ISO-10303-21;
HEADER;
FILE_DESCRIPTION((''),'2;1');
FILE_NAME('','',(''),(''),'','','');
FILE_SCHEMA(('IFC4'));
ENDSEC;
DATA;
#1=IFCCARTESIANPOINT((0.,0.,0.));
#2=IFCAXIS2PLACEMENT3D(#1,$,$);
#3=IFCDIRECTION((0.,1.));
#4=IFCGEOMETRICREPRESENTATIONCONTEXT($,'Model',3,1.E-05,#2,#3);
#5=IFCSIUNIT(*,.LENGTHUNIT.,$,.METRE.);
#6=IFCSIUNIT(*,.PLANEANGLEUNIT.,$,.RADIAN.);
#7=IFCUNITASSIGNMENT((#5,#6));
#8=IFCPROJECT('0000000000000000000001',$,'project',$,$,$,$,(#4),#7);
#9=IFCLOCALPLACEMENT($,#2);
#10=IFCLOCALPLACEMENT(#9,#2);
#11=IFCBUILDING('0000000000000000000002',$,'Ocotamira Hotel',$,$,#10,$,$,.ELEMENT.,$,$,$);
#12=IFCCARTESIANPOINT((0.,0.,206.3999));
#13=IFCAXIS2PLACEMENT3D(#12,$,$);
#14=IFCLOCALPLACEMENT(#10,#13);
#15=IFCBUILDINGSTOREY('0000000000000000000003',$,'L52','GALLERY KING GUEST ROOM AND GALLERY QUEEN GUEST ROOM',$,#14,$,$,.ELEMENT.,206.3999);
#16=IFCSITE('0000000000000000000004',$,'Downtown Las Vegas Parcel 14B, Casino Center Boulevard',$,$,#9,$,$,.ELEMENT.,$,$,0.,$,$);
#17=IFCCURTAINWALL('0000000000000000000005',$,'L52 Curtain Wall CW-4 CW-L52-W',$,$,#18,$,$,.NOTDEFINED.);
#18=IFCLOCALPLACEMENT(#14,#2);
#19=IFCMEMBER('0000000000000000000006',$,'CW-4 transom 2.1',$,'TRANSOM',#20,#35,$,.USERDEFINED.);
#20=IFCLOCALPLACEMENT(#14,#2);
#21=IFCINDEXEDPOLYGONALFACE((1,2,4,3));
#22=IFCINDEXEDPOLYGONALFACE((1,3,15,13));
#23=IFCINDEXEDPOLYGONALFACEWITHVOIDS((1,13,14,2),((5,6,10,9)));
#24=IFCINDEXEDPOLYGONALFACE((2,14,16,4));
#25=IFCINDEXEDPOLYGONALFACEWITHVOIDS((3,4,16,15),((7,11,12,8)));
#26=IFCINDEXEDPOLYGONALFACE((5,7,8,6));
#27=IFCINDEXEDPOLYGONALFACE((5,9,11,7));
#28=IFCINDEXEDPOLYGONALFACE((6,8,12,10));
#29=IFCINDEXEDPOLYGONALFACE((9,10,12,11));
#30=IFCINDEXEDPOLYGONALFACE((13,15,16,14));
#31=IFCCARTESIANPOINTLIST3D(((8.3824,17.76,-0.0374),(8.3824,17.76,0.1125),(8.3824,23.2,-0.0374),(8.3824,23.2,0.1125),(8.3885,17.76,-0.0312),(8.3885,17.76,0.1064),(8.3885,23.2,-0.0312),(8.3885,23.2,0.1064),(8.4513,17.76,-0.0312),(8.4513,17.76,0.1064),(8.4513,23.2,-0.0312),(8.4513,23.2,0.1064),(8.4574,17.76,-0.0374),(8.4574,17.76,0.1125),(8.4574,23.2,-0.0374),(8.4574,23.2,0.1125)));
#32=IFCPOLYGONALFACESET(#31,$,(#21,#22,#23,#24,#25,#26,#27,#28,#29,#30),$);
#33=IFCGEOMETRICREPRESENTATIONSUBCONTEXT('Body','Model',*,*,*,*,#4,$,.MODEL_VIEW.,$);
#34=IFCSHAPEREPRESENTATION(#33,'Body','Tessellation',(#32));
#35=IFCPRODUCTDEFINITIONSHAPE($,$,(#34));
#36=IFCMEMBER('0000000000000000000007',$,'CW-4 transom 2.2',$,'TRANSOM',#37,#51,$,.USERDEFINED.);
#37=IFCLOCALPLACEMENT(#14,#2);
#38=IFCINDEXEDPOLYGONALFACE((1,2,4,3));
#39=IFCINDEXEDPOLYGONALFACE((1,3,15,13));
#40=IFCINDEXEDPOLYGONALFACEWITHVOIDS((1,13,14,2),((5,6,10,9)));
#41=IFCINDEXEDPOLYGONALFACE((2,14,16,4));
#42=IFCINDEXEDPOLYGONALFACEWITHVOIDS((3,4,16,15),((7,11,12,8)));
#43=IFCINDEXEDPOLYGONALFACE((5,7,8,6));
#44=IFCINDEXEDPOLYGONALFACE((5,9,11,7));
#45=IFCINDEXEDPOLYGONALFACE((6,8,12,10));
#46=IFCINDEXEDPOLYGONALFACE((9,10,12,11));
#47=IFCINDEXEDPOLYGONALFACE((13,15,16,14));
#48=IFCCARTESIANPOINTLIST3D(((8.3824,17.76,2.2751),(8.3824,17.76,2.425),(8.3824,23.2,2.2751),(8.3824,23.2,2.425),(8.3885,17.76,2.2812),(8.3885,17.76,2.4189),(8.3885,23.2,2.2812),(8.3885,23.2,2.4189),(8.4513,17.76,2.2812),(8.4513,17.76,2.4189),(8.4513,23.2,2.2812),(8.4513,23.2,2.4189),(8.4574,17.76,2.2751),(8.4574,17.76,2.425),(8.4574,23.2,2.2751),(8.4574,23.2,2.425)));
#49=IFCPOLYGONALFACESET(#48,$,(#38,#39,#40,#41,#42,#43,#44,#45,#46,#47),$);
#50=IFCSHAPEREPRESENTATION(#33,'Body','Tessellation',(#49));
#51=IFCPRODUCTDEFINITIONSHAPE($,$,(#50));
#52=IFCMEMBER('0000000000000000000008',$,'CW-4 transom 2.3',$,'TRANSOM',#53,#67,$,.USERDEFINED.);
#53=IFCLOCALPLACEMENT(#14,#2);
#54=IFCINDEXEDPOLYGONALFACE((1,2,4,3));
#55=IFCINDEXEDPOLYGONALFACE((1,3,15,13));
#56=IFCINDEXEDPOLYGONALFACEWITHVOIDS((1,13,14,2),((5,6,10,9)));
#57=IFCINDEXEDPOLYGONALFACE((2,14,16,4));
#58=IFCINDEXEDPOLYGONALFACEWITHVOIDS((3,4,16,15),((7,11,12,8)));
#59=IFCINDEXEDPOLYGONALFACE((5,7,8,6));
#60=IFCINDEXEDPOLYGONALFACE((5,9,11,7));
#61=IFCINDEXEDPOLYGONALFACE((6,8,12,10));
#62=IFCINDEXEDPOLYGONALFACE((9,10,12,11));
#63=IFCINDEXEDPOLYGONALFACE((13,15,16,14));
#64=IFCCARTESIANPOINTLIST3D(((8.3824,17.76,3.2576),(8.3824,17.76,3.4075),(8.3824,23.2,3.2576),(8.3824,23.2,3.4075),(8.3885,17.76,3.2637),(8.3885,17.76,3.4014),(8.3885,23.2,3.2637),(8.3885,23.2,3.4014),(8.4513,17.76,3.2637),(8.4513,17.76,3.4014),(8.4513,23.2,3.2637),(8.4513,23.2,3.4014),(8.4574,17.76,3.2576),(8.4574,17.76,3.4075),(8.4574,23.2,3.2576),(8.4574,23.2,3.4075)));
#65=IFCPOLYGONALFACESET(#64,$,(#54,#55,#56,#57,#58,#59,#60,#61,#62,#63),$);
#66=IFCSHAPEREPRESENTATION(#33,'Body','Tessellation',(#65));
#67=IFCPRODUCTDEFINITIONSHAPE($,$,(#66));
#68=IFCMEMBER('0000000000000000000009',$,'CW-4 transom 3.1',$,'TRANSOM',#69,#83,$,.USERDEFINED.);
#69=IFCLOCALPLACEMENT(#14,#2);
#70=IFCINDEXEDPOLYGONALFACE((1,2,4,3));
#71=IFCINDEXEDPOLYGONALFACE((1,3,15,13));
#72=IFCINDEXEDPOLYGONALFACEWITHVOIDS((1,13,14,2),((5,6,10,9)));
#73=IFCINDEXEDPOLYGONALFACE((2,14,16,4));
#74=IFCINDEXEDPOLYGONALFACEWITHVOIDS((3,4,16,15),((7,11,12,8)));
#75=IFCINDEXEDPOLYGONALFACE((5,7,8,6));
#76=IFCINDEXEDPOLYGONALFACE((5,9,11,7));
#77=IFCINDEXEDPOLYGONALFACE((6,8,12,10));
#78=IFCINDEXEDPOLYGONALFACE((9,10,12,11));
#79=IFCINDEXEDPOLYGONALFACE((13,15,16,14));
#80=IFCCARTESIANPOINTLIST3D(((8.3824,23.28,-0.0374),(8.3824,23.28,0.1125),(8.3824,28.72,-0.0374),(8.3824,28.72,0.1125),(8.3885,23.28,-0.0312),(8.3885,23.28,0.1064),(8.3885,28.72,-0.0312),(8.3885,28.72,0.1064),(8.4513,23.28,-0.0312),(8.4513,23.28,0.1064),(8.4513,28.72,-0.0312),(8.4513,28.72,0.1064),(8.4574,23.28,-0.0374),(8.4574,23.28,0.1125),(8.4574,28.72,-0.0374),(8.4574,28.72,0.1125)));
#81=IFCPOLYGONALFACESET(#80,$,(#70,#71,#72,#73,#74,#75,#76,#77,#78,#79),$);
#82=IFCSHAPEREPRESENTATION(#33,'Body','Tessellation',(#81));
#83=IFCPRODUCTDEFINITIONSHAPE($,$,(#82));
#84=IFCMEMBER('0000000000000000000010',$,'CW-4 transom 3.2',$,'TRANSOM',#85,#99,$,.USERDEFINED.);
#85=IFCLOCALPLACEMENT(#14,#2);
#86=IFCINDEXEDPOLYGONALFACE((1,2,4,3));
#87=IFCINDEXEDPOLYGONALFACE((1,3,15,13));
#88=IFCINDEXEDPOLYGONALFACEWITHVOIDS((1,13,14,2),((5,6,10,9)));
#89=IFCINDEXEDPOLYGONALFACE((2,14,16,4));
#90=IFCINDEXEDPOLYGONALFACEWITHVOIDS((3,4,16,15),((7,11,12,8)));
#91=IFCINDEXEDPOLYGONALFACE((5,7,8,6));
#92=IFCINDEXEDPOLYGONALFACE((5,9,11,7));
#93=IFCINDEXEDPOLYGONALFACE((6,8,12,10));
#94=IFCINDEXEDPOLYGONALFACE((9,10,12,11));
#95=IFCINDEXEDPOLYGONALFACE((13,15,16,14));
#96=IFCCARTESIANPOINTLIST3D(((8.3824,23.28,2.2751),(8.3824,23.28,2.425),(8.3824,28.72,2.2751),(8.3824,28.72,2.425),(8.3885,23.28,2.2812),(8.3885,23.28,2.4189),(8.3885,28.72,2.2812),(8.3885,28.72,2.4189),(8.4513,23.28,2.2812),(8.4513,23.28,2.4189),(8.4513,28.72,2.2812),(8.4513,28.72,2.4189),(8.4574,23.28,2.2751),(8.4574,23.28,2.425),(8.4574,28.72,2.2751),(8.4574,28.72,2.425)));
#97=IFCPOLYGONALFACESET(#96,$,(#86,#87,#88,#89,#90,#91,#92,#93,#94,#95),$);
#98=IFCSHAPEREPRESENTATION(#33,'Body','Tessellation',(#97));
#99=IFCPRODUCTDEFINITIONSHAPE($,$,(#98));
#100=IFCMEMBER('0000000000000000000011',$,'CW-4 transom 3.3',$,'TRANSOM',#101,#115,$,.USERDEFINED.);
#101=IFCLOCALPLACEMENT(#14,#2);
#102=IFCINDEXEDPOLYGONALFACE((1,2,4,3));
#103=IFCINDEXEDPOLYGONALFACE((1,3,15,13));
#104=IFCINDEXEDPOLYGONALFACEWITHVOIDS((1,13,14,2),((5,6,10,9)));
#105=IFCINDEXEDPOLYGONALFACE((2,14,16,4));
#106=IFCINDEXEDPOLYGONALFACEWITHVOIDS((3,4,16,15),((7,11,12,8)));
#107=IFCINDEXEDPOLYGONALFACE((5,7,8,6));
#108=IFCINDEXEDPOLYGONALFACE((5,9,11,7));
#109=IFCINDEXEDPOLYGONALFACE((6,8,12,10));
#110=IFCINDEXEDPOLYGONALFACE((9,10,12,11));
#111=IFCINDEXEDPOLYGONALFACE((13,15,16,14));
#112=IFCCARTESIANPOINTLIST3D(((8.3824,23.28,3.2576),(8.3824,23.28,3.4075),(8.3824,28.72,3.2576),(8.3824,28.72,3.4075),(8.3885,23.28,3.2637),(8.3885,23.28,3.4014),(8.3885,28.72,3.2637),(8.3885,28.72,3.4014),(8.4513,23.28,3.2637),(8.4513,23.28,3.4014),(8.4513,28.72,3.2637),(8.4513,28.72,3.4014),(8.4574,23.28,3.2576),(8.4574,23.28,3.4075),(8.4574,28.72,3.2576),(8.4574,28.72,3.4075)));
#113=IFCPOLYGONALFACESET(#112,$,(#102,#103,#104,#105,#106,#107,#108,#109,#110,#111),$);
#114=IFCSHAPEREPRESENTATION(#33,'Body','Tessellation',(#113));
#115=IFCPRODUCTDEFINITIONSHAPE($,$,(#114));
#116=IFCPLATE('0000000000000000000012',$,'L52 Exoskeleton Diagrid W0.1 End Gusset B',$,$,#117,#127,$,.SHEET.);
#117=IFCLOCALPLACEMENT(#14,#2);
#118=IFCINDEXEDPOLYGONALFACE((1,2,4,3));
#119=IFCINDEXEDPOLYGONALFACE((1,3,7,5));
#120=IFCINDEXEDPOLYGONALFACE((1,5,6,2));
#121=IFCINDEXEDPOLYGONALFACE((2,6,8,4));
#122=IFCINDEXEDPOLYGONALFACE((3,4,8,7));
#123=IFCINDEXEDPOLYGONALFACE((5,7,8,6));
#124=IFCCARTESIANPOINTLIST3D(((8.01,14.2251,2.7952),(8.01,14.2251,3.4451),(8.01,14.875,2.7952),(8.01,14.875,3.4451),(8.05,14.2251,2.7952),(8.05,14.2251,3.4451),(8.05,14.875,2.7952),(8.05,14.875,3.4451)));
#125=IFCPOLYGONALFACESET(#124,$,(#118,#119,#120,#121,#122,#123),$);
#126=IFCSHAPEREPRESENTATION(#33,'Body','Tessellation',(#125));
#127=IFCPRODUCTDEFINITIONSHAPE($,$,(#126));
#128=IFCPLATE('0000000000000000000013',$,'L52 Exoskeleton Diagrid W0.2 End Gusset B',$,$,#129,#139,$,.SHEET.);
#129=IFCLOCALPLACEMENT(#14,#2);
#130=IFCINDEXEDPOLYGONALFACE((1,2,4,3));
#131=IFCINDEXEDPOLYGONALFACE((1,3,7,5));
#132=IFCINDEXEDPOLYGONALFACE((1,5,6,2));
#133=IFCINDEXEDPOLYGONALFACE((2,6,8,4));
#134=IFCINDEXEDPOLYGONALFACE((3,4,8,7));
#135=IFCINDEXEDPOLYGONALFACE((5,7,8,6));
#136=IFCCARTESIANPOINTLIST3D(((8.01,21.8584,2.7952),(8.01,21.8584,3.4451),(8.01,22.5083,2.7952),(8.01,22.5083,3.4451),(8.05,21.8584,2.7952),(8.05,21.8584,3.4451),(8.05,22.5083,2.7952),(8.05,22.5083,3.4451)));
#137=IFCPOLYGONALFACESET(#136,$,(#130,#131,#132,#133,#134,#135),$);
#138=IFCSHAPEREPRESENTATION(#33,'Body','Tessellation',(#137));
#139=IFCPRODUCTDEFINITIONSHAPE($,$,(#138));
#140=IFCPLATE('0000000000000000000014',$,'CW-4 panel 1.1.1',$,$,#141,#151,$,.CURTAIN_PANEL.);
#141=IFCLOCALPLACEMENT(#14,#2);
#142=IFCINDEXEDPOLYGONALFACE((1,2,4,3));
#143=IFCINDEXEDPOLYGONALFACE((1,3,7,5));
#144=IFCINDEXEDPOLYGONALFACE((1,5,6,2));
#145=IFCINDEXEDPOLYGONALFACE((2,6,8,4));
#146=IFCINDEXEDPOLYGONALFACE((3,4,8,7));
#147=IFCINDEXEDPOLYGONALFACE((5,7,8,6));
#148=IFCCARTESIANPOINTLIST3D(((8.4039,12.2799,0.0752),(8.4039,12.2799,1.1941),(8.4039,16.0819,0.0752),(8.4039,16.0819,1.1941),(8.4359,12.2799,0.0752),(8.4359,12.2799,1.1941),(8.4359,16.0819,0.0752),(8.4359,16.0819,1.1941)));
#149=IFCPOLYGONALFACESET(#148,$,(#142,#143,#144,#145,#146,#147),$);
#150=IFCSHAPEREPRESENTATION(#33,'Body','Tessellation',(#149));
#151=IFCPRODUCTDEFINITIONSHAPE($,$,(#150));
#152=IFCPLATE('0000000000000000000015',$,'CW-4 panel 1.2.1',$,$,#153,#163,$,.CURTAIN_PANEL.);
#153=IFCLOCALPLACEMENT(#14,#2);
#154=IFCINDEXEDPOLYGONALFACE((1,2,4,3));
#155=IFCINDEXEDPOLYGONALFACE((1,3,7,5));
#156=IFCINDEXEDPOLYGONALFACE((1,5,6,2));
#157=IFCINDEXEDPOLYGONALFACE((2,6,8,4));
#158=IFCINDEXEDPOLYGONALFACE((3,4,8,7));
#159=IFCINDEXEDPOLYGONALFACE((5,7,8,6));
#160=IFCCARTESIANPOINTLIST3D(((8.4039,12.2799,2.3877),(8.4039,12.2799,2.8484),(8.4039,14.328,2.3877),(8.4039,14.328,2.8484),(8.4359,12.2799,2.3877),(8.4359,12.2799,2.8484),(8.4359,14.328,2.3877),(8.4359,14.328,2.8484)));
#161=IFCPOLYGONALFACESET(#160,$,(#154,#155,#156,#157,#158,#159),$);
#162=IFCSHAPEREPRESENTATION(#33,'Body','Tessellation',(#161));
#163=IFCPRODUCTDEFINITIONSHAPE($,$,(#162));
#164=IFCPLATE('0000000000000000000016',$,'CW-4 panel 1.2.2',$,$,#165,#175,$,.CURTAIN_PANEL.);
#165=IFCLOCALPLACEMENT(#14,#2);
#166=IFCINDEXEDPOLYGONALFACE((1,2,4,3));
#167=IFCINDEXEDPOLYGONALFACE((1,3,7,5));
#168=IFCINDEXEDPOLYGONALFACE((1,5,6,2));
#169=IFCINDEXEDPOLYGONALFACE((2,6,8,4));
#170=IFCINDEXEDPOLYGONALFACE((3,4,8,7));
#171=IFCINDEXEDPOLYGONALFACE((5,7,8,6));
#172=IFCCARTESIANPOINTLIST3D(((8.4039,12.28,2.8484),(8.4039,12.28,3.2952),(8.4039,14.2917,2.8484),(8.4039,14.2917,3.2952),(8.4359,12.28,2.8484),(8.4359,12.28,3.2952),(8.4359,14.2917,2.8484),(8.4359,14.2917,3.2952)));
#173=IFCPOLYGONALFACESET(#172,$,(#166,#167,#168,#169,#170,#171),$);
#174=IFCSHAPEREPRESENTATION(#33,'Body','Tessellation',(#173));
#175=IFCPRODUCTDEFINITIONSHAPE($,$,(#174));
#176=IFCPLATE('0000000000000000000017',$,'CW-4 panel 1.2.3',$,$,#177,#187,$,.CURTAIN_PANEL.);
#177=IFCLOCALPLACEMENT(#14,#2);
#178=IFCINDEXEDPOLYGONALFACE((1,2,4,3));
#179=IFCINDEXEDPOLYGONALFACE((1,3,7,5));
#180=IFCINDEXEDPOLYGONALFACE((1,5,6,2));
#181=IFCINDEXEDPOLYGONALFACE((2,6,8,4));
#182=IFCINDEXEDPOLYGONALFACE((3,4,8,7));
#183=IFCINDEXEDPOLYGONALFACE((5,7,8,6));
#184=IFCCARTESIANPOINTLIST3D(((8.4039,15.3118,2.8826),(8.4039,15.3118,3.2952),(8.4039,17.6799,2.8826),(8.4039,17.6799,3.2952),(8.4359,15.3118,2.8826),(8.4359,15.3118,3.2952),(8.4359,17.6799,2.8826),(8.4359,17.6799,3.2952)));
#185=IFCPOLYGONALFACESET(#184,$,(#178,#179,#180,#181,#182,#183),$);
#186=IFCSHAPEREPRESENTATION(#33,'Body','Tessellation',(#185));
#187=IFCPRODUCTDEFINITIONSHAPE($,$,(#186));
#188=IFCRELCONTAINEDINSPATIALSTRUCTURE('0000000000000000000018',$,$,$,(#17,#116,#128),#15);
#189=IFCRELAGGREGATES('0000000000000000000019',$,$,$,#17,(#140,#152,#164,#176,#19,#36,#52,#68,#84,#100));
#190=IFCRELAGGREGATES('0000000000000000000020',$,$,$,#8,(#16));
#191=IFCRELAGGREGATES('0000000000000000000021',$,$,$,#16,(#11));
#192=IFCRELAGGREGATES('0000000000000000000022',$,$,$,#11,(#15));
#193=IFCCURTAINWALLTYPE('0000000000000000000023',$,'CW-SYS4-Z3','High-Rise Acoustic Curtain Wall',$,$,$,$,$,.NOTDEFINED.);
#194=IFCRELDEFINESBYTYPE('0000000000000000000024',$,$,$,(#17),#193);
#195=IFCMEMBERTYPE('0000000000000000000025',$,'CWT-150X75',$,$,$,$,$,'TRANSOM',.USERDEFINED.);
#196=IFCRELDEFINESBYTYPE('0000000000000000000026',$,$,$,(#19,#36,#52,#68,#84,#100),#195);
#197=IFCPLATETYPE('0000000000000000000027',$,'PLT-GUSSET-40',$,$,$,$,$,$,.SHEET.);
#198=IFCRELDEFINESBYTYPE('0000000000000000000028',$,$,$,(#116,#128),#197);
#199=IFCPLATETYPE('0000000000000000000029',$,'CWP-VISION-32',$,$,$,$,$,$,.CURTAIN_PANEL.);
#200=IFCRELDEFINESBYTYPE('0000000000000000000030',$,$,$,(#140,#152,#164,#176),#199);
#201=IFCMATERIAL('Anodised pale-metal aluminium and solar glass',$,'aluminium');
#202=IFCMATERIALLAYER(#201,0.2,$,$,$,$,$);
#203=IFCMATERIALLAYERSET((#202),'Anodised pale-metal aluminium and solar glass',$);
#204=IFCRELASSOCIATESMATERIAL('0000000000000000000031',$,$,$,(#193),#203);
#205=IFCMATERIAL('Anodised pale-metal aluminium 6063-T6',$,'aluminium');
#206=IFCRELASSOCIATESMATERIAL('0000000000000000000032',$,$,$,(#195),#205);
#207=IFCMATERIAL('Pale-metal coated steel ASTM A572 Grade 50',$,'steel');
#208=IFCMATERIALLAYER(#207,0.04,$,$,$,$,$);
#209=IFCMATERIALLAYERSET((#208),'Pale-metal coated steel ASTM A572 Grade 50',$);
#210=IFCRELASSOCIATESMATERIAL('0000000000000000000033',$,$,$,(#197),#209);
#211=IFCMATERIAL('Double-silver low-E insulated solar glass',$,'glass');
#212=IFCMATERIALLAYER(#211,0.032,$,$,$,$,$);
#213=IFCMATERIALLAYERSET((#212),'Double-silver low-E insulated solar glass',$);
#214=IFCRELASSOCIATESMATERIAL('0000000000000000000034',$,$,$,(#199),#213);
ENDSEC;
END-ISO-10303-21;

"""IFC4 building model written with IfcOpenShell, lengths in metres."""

from ifc_helpers import new_model, si_unit, direction, frame, origin, origin_2d, place, context, subcontext, project, spatial, rectangle, hollow_rectangle, extrude, source, transform, mapped, material, layer, layer_set, material_profile, profile_set, type_object, element, aggregate, save


model = new_model("IFC4")

# Units and contexts
model_context = context("Model", 3, precision=1e-05, world=origin(), true_north=direction((0.0, 1.0)))
body_context = subcontext(model_context, "Body", "Model", "MODEL_VIEW")
ifc_project = project(units=[si_unit("LENGTHUNIT", "METRE"), si_unit("PLANEANGLEUNIT", "RADIAN")], contexts=[model_context])

# Site, building, storey
site_placement = place(None, origin())
site = spatial("IfcSite", under=ifc_project, at=site_placement, Name="Downtown Las Vegas Parcel 14B, Casino Center Boulevard", CompositionType="ELEMENT", RefElevation=0.0)
building_placement = place(site_placement, origin())
building = spatial("IfcBuilding", under=site, at=building_placement, Name="Ocotamira Hotel", CompositionType="ELEMENT")
storey_placement = place(building_placement, frame((0.0, 0.0, 206.3999)))
storey = spatial("IfcBuildingStorey", under=building, at=storey_placement, Name="L52", Description="GALLERY KING GUEST ROOM AND GALLERY QUEEN GUEST ROOM", CompositionType="ELEMENT", Elevation=206.3999)

# Curtain wall, members
ifc_material_1 = material(Name="Anodised pale-metal aluminium and solar glass", Category="aluminium")
ifc_layer_1 = layer(ifc_material_1, 0.2)
ifc_layer_set_1 = layer_set([ifc_layer_1], Name="Anodised pale-metal aluminium and solar glass")
curtain_wall_type = type_object("IfcCurtainWallType", Name="CW-SYS4-Z3", Description="High-Rise Acoustic Curtain Wall", PredefinedType="NOTDEFINED", material=ifc_layer_set_1)
curtain_wall_placement = place(storey_placement, origin())
curtain_wall = element("IfcCurtainWall", 1, at=curtain_wall_placement, inside=storey, type_object=curtain_wall_type, Name="L52 Curtain Wall CW-4 CW-L52-W", PredefinedType="NOTDEFINED")
ifc_material_2 = material(Name="Anodised pale-metal aluminium 6063-T6", Category="aluminium")
ifc_material_profile_1 = material_profile(ifc_material_2, hollow_rectangle(XDim=0.075, YDim=0.1499, WallThickness=0.0061, at=origin_2d()), Name="HSS150X75X6")
ifc_profile_set_1 = profile_set([ifc_material_profile_1], Name="Anodised pale-metal aluminium 6063-T6")
member_type_1 = type_object("IfcMemberType", Name="CWT-150X75", ElementType="TRANSOM", PredefinedType="USERDEFINED", material=ifc_profile_set_1)
shared_shape_1 = source(origin(), body_context, "Body", "SweptSolid", [
    extrude(hollow_rectangle(XDim=0.075, YDim=0.1499, WallThickness=0.0061, at=origin_2d()), origin(), (0.0, 0.0, 1.0), 5.4399),
])
member_1_placement = place(storey_placement, frame((8.4199, 17.76, 0.0376), z_axis=(0.0, 1.0, 0.0), x_axis=(-1.0, 0.0, 0.0)))
member_1 = element("IfcMember", 2, at=member_1_placement, type_object=member_type_1, Name="CW-4 transom 2.1", ObjectType="TRANSOM", PredefinedType="USERDEFINED", context=body_context, shape_type="MappedRepresentation", body=[
    mapped(shared_shape_1, transform((0.0, 0.0, 0.0), scale=1.0)),
])
member_2_placement = place(storey_placement, frame((8.4199, 17.76, 2.3501), z_axis=(0.0, 1.0, 0.0), x_axis=(-1.0, 0.0, 0.0)))
member_2 = element("IfcMember", 3, at=member_2_placement, type_object=member_type_1, Name="CW-4 transom 2.2", ObjectType="TRANSOM", PredefinedType="USERDEFINED", context=body_context, shape_type="MappedRepresentation", body=[
    mapped(shared_shape_1, transform((0.0, 0.0, 0.0), scale=1.0)),
])
member_3_placement = place(storey_placement, frame((8.4199, 17.76, 3.3325), z_axis=(0.0, 1.0, 0.0), x_axis=(-1.0, 0.0, 0.0)))
member_3 = element("IfcMember", 4, at=member_3_placement, type_object=member_type_1, Name="CW-4 transom 2.3", ObjectType="TRANSOM", PredefinedType="USERDEFINED", context=body_context, shape_type="MappedRepresentation", body=[
    mapped(shared_shape_1, transform((0.0, 0.0, 0.0), scale=1.0)),
])
member_4_placement = place(storey_placement, frame((8.4199, 23.28, 0.0376), z_axis=(0.0, 1.0, 0.0), x_axis=(-1.0, 0.0, 0.0)))
member_4 = element("IfcMember", 5, at=member_4_placement, type_object=member_type_1, Name="CW-4 transom 3.1", ObjectType="TRANSOM", PredefinedType="USERDEFINED", context=body_context, shape_type="MappedRepresentation", body=[
    mapped(shared_shape_1, transform((0.0, 0.0, 0.0), scale=1.0)),
])
member_5_placement = place(storey_placement, frame((8.4199, 23.28, 2.3501), z_axis=(0.0, 1.0, 0.0), x_axis=(-1.0, 0.0, 0.0)))
member_5 = element("IfcMember", 6, at=member_5_placement, type_object=member_type_1, Name="CW-4 transom 3.2", ObjectType="TRANSOM", PredefinedType="USERDEFINED", context=body_context, shape_type="MappedRepresentation", body=[
    mapped(shared_shape_1, transform((0.0, 0.0, 0.0), scale=1.0)),
])
member_6_placement = place(storey_placement, frame((8.4199, 23.28, 3.3325), z_axis=(0.0, 1.0, 0.0), x_axis=(-1.0, 0.0, 0.0)))
member_6 = element("IfcMember", 7, at=member_6_placement, type_object=member_type_1, Name="CW-4 transom 3.3", ObjectType="TRANSOM", PredefinedType="USERDEFINED", context=body_context, shape_type="MappedRepresentation", body=[
    mapped(shared_shape_1, transform((0.0, 0.0, 0.0), scale=1.0)),
])

# Plates
ifc_material_3 = material(Name="Pale-metal coated steel ASTM A572 Grade 50", Category="steel")
ifc_layer_2 = layer(ifc_material_3, 0.04)
ifc_layer_set_2 = layer_set([ifc_layer_2], Name="Pale-metal coated steel ASTM A572 Grade 50")
plate_type_1 = type_object("IfcPlateType", Name="PLT-GUSSET-40", PredefinedType="SHEET", material=ifc_layer_set_2)
shared_shape_2 = source(origin(), body_context, "Body", "SweptSolid", [
    extrude(rectangle(XDim=0.04, YDim=0.6499, at=origin_2d()), origin(), (0.0, 0.0, 1.0), 0.6499),
])
for number, where, z_axis, x_axis, name in (
    (8, (8.03, 14.55, 2.7952), (0.0, 0.0, 1.0), (1.0, 0.0, 0.0), "L52 Exoskeleton Diagrid W0.1 End Gusset B"),
    (9, (8.03, 22.1833, 2.7952), (0.0, 0.0, 1.0), (1.0, 0.0, 0.0), "L52 Exoskeleton Diagrid W0.2 End Gusset B"),
):
    element("IfcPlate", number, at=place(storey_placement, frame(where, z_axis=z_axis, x_axis=x_axis)), inside=storey, type_object=plate_type_1, Name=name, PredefinedType="SHEET", context=body_context, shape_type="MappedRepresentation", body=[
        mapped(shared_shape_2, transform((0.0, 0.0, 0.0), scale=1.0)),
    ])

# Plates
ifc_material_4 = material(Name="Double-silver low-E insulated solar glass", Category="glass")
ifc_layer_3 = layer(ifc_material_4, 0.032)
ifc_layer_set_3 = layer_set([ifc_layer_3], Name="Double-silver low-E insulated solar glass")
plate_type_2 = type_object("IfcPlateType", Name="CWP-VISION-32", PredefinedType="CURTAIN_PANEL", material=ifc_layer_set_3)
shared_shape_3 = source(origin(), body_context, "Body", "SweptSolid", [
    extrude(rectangle(XDim=3.802, YDim=0.032, at=origin_2d()), origin(), (0.0, 0.0, 1.0), 1.1189),
])
plate_1_placement = place(storey_placement, frame((8.4199, 14.1809, 0.0752), z_axis=(0.0, 0.0, 1.0), x_axis=(0.0, 1.0, 0.0)))
plate_1 = element("IfcPlate", 10, at=plate_1_placement, type_object=plate_type_2, Name="CW-4 panel 1.1.1", PredefinedType="CURTAIN_PANEL", context=body_context, shape_type="MappedRepresentation", body=[
    mapped(shared_shape_3, transform((0.0, 0.0, 0.0), scale=1.0)),
])
shared_shape_4 = source(origin(), body_context, "Body", "SweptSolid", [
    extrude(rectangle(XDim=2.0481, YDim=0.032, at=origin_2d()), origin(), (0.0, 0.0, 1.0), 0.4607),
])
plate_2_placement = place(storey_placement, frame((8.4199, 13.304, 2.3877), z_axis=(0.0, 0.0, 1.0), x_axis=(0.0, 1.0, 0.0)))
plate_2 = element("IfcPlate", 11, at=plate_2_placement, type_object=plate_type_2, Name="CW-4 panel 1.2.1", PredefinedType="CURTAIN_PANEL", context=body_context, shape_type="MappedRepresentation", body=[
    mapped(shared_shape_4, transform((0.0, 0.0, 0.0), scale=1.0)),
])
shared_shape_5 = source(origin(), body_context, "Body", "SweptSolid", [
    extrude(rectangle(XDim=2.0117, YDim=0.032, at=origin_2d()), origin(), (0.0, 0.0, 1.0), 0.4468),
])
plate_3_placement = place(storey_placement, frame((8.4199, 13.2859, 2.8484), z_axis=(0.0, 0.0, 1.0), x_axis=(0.0, 1.0, 0.0)))
plate_3 = element("IfcPlate", 12, at=plate_3_placement, type_object=plate_type_2, Name="CW-4 panel 1.2.2", PredefinedType="CURTAIN_PANEL", context=body_context, shape_type="MappedRepresentation", body=[
    mapped(shared_shape_5, transform((0.0, 0.0, 0.0), scale=1.0)),
])
shared_shape_6 = source(origin(), body_context, "Body", "SweptSolid", [
    extrude(rectangle(XDim=2.3682, YDim=0.032, at=origin_2d()), origin(), (0.0, 0.0, 1.0), 0.4126),
])
plate_4_placement = place(storey_placement, frame((8.4199, 16.4958, 2.8826), z_axis=(0.0, 0.0, 1.0), x_axis=(0.0, 1.0, 0.0)))
plate_4 = element("IfcPlate", 13, at=plate_4_placement, type_object=plate_type_2, Name="CW-4 panel 1.2.3", PredefinedType="CURTAIN_PANEL", context=body_context, shape_type="MappedRepresentation", body=[
    mapped(shared_shape_6, transform((0.0, 0.0, 0.0), scale=1.0)),
])
aggregate(curtain_wall, [plate_1, plate_2, plate_3, plate_4, member_1, member_2, member_3, member_4, member_5, member_6])

save(model, "model.ifc")
